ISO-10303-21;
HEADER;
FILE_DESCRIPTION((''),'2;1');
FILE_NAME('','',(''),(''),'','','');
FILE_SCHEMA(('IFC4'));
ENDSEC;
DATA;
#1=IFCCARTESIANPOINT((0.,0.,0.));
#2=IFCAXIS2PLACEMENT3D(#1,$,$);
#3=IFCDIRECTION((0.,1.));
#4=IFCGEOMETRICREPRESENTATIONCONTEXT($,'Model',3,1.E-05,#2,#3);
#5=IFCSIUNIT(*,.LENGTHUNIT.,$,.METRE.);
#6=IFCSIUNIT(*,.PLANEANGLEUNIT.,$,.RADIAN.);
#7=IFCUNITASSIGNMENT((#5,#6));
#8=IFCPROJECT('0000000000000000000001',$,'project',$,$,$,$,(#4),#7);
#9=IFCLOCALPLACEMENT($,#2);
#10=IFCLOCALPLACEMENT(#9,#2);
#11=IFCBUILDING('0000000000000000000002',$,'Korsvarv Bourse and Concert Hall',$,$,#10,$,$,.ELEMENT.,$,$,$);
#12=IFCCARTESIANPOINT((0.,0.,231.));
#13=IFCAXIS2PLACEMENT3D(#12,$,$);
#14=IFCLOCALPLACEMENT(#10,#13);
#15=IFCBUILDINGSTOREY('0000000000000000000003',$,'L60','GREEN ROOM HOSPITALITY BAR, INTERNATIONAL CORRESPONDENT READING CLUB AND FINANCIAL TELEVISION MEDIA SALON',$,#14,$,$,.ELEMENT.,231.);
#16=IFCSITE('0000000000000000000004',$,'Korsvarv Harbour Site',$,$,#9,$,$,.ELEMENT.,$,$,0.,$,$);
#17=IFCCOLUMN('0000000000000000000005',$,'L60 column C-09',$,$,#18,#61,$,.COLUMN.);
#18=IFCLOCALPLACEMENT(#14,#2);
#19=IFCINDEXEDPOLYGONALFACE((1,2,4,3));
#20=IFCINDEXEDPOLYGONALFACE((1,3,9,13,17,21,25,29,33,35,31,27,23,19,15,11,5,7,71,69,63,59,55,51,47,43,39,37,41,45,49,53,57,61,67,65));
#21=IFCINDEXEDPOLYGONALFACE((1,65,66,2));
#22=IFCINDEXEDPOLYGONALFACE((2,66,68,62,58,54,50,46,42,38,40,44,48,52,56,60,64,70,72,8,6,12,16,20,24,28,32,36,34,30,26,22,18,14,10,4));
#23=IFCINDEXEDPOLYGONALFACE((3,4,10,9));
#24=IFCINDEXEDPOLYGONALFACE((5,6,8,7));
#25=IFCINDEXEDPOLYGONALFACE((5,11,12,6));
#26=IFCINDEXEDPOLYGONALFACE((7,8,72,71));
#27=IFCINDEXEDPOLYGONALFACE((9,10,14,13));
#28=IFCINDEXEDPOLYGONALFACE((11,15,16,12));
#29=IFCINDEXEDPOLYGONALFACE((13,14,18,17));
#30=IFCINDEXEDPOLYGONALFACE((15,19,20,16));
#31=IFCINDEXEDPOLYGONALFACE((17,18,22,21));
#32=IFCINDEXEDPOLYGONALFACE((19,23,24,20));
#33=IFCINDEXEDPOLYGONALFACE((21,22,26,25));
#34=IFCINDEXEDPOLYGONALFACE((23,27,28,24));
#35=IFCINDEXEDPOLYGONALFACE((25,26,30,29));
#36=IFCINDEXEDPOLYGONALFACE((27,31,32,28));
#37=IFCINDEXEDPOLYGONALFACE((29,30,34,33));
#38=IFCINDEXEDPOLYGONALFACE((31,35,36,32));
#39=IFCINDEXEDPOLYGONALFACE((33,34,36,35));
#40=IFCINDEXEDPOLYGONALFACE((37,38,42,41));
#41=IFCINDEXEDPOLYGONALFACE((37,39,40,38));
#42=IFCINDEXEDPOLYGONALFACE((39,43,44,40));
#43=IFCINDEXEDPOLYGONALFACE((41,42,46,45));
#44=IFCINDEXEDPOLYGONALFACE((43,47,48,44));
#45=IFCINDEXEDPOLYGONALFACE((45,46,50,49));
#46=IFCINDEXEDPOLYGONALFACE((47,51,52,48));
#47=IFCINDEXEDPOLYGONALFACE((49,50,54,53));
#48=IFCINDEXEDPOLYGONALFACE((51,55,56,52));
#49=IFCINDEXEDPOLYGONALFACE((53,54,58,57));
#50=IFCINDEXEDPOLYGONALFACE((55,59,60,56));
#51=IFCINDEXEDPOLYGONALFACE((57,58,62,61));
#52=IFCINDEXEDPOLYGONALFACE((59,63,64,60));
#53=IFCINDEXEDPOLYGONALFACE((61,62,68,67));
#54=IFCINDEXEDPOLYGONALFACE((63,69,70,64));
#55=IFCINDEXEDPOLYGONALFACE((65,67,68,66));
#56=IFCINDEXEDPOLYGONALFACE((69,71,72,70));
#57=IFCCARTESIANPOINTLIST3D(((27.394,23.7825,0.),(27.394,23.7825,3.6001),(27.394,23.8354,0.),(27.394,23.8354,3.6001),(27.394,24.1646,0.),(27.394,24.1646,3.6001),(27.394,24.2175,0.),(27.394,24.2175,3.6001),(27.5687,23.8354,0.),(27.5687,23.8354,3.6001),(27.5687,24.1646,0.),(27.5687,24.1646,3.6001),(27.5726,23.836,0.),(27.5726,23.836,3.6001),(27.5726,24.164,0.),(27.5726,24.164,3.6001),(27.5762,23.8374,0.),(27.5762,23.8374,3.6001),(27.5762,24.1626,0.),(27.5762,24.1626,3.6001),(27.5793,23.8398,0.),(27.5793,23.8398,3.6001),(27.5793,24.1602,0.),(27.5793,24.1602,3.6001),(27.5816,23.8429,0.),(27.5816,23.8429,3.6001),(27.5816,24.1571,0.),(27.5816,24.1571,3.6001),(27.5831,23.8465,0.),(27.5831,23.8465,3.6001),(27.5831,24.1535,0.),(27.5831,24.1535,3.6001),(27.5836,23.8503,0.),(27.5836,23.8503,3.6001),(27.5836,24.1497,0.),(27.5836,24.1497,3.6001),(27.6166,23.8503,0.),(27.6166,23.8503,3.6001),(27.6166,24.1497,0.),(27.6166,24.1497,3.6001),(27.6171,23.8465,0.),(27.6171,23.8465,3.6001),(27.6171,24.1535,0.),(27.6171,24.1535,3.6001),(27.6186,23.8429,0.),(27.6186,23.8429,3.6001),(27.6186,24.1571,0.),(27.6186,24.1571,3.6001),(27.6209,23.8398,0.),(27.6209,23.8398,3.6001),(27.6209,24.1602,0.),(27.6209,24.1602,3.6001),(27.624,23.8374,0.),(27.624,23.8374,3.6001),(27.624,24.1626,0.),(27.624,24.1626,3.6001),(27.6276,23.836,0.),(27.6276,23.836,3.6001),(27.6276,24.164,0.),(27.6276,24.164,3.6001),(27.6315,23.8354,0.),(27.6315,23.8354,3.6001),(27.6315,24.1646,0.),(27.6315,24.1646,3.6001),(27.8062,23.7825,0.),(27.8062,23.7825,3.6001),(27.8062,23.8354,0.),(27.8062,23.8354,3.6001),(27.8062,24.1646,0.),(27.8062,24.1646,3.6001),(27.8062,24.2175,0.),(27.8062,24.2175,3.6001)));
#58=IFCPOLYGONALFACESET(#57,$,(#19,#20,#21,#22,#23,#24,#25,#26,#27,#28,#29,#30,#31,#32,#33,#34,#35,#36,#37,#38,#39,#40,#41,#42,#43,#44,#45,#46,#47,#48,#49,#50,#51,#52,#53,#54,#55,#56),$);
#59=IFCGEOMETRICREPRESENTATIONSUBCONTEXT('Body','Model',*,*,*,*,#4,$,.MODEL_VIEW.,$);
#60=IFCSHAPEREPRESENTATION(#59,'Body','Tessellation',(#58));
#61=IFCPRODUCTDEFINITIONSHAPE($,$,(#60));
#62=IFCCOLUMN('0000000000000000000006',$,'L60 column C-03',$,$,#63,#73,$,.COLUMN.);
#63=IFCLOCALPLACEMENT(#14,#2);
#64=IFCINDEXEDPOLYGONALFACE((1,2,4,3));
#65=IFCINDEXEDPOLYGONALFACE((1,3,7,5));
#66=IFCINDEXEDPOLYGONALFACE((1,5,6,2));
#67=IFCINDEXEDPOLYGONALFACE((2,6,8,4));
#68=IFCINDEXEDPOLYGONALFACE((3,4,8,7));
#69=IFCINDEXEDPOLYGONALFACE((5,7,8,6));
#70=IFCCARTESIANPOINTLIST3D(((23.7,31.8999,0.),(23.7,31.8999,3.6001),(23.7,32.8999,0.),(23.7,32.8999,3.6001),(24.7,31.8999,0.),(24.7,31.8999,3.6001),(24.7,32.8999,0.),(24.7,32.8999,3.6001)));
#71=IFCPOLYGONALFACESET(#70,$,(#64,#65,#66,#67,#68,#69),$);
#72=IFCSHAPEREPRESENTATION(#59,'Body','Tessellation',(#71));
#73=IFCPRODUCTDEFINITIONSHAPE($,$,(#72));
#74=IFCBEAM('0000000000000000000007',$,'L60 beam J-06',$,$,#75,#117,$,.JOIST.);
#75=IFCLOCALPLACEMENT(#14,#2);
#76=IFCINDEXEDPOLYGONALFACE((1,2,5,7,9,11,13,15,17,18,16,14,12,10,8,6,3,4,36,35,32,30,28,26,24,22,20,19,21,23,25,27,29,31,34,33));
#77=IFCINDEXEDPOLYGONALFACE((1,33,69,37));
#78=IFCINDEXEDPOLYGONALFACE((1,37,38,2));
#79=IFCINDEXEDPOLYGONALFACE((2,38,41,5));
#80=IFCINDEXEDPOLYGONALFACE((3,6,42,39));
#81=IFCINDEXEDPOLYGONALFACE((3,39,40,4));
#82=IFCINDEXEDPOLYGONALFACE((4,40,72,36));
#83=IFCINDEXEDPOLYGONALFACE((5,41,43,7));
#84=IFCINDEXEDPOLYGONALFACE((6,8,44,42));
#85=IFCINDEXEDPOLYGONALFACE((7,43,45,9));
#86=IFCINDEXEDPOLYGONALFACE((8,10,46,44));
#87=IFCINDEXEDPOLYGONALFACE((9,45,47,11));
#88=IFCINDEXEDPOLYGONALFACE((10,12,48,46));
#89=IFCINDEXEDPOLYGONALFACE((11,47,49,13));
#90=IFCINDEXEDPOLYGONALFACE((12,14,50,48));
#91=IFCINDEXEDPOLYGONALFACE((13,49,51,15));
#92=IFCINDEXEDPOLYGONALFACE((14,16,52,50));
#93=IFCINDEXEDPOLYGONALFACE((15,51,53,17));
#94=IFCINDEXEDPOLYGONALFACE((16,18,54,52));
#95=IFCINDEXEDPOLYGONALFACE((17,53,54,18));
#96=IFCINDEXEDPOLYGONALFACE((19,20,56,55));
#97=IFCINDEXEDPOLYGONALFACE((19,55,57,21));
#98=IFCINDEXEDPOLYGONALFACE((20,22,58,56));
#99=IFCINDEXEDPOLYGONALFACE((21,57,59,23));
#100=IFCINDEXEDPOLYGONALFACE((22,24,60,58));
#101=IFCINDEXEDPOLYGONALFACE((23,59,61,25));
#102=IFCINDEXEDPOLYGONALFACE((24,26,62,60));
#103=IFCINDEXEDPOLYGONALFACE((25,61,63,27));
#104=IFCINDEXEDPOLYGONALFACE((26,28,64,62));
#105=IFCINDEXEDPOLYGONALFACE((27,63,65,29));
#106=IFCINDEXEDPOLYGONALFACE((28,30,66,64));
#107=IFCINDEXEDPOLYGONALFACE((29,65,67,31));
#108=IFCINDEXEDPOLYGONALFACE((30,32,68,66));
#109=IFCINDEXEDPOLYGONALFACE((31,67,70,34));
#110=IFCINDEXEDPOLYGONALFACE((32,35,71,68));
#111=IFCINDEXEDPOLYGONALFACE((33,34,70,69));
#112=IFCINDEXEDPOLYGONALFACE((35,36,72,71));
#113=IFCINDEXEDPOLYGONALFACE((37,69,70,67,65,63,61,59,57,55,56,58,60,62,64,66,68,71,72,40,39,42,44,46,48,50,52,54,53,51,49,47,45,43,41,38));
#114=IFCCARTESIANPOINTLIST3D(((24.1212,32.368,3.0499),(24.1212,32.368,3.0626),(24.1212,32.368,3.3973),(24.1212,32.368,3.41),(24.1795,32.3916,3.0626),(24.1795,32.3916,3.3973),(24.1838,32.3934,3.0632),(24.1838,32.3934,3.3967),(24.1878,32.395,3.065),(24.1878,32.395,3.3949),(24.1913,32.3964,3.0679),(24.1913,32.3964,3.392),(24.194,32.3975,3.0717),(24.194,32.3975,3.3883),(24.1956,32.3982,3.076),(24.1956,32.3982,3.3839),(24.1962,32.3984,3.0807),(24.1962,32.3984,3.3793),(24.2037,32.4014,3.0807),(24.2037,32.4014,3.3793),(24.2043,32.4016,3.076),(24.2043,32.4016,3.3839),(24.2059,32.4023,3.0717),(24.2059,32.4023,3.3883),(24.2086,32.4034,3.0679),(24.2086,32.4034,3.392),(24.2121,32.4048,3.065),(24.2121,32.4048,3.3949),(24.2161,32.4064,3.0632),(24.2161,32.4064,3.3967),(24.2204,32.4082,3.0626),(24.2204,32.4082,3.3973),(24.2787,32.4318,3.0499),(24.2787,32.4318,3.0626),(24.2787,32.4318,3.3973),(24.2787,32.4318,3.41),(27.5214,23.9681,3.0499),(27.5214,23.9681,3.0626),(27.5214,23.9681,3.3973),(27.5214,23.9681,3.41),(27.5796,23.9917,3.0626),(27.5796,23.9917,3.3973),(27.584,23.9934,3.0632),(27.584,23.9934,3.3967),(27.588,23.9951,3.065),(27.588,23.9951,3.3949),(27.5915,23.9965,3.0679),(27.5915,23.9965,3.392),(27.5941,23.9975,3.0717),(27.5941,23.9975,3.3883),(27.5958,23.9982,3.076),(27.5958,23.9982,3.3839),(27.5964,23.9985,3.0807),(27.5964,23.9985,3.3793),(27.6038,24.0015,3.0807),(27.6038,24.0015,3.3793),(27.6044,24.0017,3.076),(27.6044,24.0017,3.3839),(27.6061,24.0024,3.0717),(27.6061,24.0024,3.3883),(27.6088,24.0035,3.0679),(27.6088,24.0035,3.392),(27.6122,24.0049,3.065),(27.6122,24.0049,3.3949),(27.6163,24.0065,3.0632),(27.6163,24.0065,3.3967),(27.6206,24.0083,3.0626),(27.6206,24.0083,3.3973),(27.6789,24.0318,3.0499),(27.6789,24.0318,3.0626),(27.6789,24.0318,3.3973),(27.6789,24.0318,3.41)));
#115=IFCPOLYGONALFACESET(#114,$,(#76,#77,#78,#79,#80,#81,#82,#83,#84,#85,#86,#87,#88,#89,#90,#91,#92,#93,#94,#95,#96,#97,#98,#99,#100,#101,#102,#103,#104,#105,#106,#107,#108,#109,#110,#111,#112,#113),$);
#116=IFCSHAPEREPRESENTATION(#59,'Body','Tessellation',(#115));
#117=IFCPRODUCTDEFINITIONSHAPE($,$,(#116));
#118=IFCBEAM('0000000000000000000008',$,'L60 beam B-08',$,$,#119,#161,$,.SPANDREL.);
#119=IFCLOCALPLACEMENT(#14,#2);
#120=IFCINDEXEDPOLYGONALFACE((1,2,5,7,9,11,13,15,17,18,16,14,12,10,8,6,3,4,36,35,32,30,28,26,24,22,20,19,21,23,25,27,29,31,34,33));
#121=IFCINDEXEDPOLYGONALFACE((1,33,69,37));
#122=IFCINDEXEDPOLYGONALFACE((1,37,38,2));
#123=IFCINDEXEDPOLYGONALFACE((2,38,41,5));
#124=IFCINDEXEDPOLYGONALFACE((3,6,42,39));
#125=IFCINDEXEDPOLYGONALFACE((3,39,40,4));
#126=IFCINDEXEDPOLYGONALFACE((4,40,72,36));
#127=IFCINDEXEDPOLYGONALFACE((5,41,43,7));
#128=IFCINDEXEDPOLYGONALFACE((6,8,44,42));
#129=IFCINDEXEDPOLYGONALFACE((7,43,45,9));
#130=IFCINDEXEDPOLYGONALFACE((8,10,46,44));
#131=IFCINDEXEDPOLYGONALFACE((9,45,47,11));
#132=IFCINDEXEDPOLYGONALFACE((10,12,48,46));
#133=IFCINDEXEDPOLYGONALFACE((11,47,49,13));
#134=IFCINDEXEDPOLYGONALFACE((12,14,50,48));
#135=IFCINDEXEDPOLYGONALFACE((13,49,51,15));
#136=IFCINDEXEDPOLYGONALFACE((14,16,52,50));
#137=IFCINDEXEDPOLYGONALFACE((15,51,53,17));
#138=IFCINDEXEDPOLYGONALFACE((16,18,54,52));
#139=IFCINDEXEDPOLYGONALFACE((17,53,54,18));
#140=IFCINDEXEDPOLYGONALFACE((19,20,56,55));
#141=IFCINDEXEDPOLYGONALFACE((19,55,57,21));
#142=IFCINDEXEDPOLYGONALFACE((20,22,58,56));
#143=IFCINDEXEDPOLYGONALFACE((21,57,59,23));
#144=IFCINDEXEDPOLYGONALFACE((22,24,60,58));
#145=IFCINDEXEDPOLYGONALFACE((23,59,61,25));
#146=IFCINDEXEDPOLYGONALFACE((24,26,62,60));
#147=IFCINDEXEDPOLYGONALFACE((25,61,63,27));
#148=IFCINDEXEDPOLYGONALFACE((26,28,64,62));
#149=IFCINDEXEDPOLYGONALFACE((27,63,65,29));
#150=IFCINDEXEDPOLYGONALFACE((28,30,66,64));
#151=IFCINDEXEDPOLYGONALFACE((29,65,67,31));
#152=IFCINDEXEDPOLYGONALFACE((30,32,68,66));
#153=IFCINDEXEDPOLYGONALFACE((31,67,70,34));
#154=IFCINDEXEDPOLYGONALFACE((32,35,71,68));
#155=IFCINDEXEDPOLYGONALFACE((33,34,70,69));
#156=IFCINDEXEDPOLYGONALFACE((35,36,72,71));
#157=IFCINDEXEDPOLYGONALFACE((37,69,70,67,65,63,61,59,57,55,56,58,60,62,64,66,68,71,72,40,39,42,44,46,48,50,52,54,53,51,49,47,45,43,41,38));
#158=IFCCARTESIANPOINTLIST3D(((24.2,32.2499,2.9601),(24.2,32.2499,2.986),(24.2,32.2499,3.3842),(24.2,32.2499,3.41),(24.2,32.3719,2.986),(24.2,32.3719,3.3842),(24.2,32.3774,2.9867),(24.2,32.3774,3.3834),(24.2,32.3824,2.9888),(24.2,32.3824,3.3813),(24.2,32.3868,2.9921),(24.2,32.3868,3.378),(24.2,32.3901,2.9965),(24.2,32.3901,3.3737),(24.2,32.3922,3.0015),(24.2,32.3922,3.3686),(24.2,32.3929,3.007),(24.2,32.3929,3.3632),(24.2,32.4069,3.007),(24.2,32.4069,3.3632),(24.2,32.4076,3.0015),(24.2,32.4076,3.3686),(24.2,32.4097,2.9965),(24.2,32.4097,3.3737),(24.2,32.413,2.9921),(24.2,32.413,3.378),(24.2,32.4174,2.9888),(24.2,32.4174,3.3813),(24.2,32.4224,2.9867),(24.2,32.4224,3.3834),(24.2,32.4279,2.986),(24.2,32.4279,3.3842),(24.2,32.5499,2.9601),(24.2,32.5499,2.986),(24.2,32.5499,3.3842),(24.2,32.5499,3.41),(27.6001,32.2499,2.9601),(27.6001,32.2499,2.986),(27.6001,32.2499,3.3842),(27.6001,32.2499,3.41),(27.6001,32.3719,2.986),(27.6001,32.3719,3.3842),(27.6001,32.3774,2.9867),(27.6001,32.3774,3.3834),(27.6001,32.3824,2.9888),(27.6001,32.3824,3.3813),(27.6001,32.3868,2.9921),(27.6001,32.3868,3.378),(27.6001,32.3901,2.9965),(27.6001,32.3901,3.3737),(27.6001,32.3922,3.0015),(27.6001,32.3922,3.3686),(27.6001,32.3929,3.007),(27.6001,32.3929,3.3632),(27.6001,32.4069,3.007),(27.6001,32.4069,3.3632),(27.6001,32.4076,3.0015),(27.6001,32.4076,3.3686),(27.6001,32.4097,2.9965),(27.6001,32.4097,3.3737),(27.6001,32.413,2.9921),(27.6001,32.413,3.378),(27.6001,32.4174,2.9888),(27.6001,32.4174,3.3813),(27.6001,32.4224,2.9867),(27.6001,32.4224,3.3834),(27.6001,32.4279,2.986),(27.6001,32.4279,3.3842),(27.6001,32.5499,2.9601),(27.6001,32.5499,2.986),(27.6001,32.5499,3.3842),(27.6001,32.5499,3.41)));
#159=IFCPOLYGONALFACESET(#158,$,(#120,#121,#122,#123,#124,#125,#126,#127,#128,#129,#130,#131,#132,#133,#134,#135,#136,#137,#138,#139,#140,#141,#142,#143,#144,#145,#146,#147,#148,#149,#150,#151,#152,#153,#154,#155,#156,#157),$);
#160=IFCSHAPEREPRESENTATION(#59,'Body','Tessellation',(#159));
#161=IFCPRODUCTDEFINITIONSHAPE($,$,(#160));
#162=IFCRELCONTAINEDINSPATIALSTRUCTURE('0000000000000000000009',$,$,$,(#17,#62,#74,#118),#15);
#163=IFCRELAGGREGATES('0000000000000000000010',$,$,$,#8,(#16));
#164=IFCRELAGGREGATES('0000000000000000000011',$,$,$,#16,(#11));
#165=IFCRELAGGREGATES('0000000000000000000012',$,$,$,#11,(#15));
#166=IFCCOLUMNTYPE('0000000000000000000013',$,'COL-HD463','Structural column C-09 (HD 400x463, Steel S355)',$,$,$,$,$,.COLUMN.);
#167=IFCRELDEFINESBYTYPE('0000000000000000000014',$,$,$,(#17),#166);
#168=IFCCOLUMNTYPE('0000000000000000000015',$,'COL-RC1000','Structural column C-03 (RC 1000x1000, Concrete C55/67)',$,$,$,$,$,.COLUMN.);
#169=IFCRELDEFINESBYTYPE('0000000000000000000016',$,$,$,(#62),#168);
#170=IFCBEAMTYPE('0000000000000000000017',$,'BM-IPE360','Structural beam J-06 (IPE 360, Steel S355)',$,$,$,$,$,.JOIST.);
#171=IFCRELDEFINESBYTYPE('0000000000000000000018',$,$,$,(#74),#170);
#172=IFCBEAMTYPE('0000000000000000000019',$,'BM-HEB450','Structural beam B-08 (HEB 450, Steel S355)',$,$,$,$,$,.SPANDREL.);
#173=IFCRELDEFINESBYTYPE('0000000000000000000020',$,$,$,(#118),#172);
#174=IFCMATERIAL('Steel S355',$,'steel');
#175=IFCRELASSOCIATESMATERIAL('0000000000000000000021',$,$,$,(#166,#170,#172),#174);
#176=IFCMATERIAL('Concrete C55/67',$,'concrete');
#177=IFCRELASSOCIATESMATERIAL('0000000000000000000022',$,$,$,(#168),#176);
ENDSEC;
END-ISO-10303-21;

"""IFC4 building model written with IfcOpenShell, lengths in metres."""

from ifc_helpers import new_model, si_unit, direction, frame, origin, origin_2d, place, context, subcontext, project, spatial, rectangle, i_section, extrude, source, transform, mapped, material, material_profile, profile_set, type_object, element, save


model = new_model("IFC4")

# Units and contexts
model_context = context("Model", 3, precision=1e-05, world=origin(), true_north=direction((0.0, 1.0)))
body_context = subcontext(model_context, "Body", "Model", "MODEL_VIEW")
ifc_project = project(units=[si_unit("LENGTHUNIT", "METRE"), si_unit("PLANEANGLEUNIT", "RADIAN")], contexts=[model_context])

# Site, building, storey
site_placement = place(None, origin())
site = spatial("IfcSite", under=ifc_project, at=site_placement, Name="Korsvarv Harbour Site", CompositionType="ELEMENT", RefElevation=0.0)
building_placement = place(site_placement, origin())
building = spatial("IfcBuilding", under=site, at=building_placement, Name="Korsvarv Bourse and Concert Hall", CompositionType="ELEMENT")
storey_placement = place(building_placement, frame((0.0, 0.0, 231.0)))
storey = spatial("IfcBuildingStorey", under=building, at=storey_placement, Name="L60", Description="GREEN ROOM HOSPITALITY BAR, INTERNATIONAL CORRESPONDENT READING CLUB AND FINANCIAL TELEVISION MEDIA SALON", CompositionType="ELEMENT", Elevation=231.0)

# Columns
ifc_material_1 = material(Name="Steel S355", Category="steel")
ifc_material_profile_1 = material_profile(ifc_material_1, i_section(OverallWidth=0.4121, OverallDepth=0.4351, WebThickness=0.033, FlangeThickness=0.053, FilletRadius=0.0149, at=origin_2d()), Name="HD 400x463")
ifc_profile_set_1 = profile_set([ifc_material_profile_1], Name="Steel S355")
column_type_1 = type_object("IfcColumnType", Name="COL-HD463", Description="Structural column C-09 (HD 400x463, Steel S355)", PredefinedType="COLUMN", material=ifc_profile_set_1)
shared_shape_1 = source(origin(), body_context, "Body", "SweptSolid", [
    extrude(i_section(OverallWidth=0.4121, OverallDepth=0.4351, WebThickness=0.033, FlangeThickness=0.053, FilletRadius=0.0149, at=origin_2d()), origin(), (0.0, 0.0, 1.0), 3.6001),
])
column_1_placement = place(storey_placement, frame((27.6001, 24.0, 0.0), z_axis=(0.0, 0.0, 1.0), x_axis=(1.0, 0.0, 0.0)))
element("IfcColumn", 1, at=column_1_placement, inside=storey, type_object=column_type_1, Name="L60 column C-09", PredefinedType="COLUMN", context=body_context, shape_type="MappedRepresentation", body=[
    mapped(shared_shape_1, transform((0.0, 0.0, 0.0), scale=1.0)),
])
ifc_material_2 = material(Name="Concrete C55/67", Category="concrete")
ifc_material_profile_2 = material_profile(ifc_material_2, rectangle(XDim=1.0, YDim=1.0, at=origin_2d()), Name="RC 1000x1000")
ifc_profile_set_2 = profile_set([ifc_material_profile_2], Name="Concrete C55/67")
column_type_2 = type_object("IfcColumnType", Name="COL-RC1000", Description="Structural column C-03 (RC 1000x1000, Concrete C55/67)", PredefinedType="COLUMN", material=ifc_profile_set_2)
shared_shape_2 = source(origin(), body_context, "Body", "SweptSolid", [
    extrude(rectangle(XDim=1.0, YDim=1.0, at=origin_2d()), origin(), (0.0, 0.0, 1.0), 3.6001),
])
column_2_placement = place(storey_placement, frame((24.2, 32.3999, 0.0), z_axis=(0.0, 0.0, 1.0), x_axis=(1.0, 0.0, 0.0)))
element("IfcColumn", 2, at=column_2_placement, inside=storey, type_object=column_type_2, Name="L60 column C-03", PredefinedType="COLUMN", context=body_context, shape_type="MappedRepresentation", body=[
    mapped(shared_shape_2, transform((0.0, 0.0, 0.0), scale=1.0)),
])

# Beams
ifc_material_profile_3 = material_profile(ifc_material_1, i_section(OverallWidth=0.1699, OverallDepth=0.3601, WebThickness=0.0081, FlangeThickness=0.0127, FilletRadius=0.0181, at=origin_2d()), Name="IPE 360")
ifc_profile_set_3 = profile_set([ifc_material_profile_3], Name="Steel S355")
beam_type_1 = type_object("IfcBeamType", Name="BM-IPE360", Description="Structural beam J-06 (IPE 360, Steel S355)", PredefinedType="JOIST", material=ifc_profile_set_3)
shared_shape_3 = source(origin(), body_context, "Body", "SweptSolid", [
    extrude(i_section(OverallWidth=0.1699, OverallDepth=0.3601, WebThickness=0.0081, FlangeThickness=0.0127, FilletRadius=0.0181, at=origin_2d()), origin(), (0.0, 0.0, 1.0), 9.062),
])
beam_1_placement = place(storey_placement, frame((24.2, 32.3999, 3.23), z_axis=(0.37521, -0.92694, 0.0), x_axis=(0.92694, 0.37521, 0.0)))
element("IfcBeam", 3, at=beam_1_placement, inside=storey, type_object=beam_type_1, Name="L60 beam J-06", PredefinedType="JOIST", context=body_context, shape_type="MappedRepresentation", body=[
    mapped(shared_shape_3, transform((0.0, 0.0, 0.0), scale=1.0)),
])
ifc_material_profile_4 = material_profile(ifc_material_1, i_section(OverallWidth=0.3, OverallDepth=0.45, WebThickness=0.0139, FlangeThickness=0.0259, FilletRadius=0.021, at=origin_2d()), Name="HEB 450")
ifc_profile_set_4 = profile_set([ifc_material_profile_4], Name="Steel S355")
beam_type_2 = type_object("IfcBeamType", Name="BM-HEB450", Description="Structural beam B-08 (HEB 450, Steel S355)", PredefinedType="SPANDREL", material=ifc_profile_set_4)
shared_shape_4 = source(origin(), body_context, "Body", "SweptSolid", [
    extrude(i_section(OverallWidth=0.3, OverallDepth=0.45, WebThickness=0.0139, FlangeThickness=0.0259, FilletRadius=0.021, at=origin_2d()), origin(), (0.0, 0.0, 1.0), 3.4001),
])
beam_2_placement = place(storey_placement, frame((24.2, 32.3999, 3.1851), z_axis=(1.0, 0.0, 0.0), x_axis=(0.0, 1.0, 0.0)))
element("IfcBeam", 4, at=beam_2_placement, inside=storey, type_object=beam_type_2, Name="L60 beam B-08", PredefinedType="SPANDREL", context=body_context, shape_type="MappedRepresentation", body=[
    mapped(shared_shape_4, transform((0.0, 0.0, 0.0), scale=1.0)),
])

save(model, "model.ifc")
